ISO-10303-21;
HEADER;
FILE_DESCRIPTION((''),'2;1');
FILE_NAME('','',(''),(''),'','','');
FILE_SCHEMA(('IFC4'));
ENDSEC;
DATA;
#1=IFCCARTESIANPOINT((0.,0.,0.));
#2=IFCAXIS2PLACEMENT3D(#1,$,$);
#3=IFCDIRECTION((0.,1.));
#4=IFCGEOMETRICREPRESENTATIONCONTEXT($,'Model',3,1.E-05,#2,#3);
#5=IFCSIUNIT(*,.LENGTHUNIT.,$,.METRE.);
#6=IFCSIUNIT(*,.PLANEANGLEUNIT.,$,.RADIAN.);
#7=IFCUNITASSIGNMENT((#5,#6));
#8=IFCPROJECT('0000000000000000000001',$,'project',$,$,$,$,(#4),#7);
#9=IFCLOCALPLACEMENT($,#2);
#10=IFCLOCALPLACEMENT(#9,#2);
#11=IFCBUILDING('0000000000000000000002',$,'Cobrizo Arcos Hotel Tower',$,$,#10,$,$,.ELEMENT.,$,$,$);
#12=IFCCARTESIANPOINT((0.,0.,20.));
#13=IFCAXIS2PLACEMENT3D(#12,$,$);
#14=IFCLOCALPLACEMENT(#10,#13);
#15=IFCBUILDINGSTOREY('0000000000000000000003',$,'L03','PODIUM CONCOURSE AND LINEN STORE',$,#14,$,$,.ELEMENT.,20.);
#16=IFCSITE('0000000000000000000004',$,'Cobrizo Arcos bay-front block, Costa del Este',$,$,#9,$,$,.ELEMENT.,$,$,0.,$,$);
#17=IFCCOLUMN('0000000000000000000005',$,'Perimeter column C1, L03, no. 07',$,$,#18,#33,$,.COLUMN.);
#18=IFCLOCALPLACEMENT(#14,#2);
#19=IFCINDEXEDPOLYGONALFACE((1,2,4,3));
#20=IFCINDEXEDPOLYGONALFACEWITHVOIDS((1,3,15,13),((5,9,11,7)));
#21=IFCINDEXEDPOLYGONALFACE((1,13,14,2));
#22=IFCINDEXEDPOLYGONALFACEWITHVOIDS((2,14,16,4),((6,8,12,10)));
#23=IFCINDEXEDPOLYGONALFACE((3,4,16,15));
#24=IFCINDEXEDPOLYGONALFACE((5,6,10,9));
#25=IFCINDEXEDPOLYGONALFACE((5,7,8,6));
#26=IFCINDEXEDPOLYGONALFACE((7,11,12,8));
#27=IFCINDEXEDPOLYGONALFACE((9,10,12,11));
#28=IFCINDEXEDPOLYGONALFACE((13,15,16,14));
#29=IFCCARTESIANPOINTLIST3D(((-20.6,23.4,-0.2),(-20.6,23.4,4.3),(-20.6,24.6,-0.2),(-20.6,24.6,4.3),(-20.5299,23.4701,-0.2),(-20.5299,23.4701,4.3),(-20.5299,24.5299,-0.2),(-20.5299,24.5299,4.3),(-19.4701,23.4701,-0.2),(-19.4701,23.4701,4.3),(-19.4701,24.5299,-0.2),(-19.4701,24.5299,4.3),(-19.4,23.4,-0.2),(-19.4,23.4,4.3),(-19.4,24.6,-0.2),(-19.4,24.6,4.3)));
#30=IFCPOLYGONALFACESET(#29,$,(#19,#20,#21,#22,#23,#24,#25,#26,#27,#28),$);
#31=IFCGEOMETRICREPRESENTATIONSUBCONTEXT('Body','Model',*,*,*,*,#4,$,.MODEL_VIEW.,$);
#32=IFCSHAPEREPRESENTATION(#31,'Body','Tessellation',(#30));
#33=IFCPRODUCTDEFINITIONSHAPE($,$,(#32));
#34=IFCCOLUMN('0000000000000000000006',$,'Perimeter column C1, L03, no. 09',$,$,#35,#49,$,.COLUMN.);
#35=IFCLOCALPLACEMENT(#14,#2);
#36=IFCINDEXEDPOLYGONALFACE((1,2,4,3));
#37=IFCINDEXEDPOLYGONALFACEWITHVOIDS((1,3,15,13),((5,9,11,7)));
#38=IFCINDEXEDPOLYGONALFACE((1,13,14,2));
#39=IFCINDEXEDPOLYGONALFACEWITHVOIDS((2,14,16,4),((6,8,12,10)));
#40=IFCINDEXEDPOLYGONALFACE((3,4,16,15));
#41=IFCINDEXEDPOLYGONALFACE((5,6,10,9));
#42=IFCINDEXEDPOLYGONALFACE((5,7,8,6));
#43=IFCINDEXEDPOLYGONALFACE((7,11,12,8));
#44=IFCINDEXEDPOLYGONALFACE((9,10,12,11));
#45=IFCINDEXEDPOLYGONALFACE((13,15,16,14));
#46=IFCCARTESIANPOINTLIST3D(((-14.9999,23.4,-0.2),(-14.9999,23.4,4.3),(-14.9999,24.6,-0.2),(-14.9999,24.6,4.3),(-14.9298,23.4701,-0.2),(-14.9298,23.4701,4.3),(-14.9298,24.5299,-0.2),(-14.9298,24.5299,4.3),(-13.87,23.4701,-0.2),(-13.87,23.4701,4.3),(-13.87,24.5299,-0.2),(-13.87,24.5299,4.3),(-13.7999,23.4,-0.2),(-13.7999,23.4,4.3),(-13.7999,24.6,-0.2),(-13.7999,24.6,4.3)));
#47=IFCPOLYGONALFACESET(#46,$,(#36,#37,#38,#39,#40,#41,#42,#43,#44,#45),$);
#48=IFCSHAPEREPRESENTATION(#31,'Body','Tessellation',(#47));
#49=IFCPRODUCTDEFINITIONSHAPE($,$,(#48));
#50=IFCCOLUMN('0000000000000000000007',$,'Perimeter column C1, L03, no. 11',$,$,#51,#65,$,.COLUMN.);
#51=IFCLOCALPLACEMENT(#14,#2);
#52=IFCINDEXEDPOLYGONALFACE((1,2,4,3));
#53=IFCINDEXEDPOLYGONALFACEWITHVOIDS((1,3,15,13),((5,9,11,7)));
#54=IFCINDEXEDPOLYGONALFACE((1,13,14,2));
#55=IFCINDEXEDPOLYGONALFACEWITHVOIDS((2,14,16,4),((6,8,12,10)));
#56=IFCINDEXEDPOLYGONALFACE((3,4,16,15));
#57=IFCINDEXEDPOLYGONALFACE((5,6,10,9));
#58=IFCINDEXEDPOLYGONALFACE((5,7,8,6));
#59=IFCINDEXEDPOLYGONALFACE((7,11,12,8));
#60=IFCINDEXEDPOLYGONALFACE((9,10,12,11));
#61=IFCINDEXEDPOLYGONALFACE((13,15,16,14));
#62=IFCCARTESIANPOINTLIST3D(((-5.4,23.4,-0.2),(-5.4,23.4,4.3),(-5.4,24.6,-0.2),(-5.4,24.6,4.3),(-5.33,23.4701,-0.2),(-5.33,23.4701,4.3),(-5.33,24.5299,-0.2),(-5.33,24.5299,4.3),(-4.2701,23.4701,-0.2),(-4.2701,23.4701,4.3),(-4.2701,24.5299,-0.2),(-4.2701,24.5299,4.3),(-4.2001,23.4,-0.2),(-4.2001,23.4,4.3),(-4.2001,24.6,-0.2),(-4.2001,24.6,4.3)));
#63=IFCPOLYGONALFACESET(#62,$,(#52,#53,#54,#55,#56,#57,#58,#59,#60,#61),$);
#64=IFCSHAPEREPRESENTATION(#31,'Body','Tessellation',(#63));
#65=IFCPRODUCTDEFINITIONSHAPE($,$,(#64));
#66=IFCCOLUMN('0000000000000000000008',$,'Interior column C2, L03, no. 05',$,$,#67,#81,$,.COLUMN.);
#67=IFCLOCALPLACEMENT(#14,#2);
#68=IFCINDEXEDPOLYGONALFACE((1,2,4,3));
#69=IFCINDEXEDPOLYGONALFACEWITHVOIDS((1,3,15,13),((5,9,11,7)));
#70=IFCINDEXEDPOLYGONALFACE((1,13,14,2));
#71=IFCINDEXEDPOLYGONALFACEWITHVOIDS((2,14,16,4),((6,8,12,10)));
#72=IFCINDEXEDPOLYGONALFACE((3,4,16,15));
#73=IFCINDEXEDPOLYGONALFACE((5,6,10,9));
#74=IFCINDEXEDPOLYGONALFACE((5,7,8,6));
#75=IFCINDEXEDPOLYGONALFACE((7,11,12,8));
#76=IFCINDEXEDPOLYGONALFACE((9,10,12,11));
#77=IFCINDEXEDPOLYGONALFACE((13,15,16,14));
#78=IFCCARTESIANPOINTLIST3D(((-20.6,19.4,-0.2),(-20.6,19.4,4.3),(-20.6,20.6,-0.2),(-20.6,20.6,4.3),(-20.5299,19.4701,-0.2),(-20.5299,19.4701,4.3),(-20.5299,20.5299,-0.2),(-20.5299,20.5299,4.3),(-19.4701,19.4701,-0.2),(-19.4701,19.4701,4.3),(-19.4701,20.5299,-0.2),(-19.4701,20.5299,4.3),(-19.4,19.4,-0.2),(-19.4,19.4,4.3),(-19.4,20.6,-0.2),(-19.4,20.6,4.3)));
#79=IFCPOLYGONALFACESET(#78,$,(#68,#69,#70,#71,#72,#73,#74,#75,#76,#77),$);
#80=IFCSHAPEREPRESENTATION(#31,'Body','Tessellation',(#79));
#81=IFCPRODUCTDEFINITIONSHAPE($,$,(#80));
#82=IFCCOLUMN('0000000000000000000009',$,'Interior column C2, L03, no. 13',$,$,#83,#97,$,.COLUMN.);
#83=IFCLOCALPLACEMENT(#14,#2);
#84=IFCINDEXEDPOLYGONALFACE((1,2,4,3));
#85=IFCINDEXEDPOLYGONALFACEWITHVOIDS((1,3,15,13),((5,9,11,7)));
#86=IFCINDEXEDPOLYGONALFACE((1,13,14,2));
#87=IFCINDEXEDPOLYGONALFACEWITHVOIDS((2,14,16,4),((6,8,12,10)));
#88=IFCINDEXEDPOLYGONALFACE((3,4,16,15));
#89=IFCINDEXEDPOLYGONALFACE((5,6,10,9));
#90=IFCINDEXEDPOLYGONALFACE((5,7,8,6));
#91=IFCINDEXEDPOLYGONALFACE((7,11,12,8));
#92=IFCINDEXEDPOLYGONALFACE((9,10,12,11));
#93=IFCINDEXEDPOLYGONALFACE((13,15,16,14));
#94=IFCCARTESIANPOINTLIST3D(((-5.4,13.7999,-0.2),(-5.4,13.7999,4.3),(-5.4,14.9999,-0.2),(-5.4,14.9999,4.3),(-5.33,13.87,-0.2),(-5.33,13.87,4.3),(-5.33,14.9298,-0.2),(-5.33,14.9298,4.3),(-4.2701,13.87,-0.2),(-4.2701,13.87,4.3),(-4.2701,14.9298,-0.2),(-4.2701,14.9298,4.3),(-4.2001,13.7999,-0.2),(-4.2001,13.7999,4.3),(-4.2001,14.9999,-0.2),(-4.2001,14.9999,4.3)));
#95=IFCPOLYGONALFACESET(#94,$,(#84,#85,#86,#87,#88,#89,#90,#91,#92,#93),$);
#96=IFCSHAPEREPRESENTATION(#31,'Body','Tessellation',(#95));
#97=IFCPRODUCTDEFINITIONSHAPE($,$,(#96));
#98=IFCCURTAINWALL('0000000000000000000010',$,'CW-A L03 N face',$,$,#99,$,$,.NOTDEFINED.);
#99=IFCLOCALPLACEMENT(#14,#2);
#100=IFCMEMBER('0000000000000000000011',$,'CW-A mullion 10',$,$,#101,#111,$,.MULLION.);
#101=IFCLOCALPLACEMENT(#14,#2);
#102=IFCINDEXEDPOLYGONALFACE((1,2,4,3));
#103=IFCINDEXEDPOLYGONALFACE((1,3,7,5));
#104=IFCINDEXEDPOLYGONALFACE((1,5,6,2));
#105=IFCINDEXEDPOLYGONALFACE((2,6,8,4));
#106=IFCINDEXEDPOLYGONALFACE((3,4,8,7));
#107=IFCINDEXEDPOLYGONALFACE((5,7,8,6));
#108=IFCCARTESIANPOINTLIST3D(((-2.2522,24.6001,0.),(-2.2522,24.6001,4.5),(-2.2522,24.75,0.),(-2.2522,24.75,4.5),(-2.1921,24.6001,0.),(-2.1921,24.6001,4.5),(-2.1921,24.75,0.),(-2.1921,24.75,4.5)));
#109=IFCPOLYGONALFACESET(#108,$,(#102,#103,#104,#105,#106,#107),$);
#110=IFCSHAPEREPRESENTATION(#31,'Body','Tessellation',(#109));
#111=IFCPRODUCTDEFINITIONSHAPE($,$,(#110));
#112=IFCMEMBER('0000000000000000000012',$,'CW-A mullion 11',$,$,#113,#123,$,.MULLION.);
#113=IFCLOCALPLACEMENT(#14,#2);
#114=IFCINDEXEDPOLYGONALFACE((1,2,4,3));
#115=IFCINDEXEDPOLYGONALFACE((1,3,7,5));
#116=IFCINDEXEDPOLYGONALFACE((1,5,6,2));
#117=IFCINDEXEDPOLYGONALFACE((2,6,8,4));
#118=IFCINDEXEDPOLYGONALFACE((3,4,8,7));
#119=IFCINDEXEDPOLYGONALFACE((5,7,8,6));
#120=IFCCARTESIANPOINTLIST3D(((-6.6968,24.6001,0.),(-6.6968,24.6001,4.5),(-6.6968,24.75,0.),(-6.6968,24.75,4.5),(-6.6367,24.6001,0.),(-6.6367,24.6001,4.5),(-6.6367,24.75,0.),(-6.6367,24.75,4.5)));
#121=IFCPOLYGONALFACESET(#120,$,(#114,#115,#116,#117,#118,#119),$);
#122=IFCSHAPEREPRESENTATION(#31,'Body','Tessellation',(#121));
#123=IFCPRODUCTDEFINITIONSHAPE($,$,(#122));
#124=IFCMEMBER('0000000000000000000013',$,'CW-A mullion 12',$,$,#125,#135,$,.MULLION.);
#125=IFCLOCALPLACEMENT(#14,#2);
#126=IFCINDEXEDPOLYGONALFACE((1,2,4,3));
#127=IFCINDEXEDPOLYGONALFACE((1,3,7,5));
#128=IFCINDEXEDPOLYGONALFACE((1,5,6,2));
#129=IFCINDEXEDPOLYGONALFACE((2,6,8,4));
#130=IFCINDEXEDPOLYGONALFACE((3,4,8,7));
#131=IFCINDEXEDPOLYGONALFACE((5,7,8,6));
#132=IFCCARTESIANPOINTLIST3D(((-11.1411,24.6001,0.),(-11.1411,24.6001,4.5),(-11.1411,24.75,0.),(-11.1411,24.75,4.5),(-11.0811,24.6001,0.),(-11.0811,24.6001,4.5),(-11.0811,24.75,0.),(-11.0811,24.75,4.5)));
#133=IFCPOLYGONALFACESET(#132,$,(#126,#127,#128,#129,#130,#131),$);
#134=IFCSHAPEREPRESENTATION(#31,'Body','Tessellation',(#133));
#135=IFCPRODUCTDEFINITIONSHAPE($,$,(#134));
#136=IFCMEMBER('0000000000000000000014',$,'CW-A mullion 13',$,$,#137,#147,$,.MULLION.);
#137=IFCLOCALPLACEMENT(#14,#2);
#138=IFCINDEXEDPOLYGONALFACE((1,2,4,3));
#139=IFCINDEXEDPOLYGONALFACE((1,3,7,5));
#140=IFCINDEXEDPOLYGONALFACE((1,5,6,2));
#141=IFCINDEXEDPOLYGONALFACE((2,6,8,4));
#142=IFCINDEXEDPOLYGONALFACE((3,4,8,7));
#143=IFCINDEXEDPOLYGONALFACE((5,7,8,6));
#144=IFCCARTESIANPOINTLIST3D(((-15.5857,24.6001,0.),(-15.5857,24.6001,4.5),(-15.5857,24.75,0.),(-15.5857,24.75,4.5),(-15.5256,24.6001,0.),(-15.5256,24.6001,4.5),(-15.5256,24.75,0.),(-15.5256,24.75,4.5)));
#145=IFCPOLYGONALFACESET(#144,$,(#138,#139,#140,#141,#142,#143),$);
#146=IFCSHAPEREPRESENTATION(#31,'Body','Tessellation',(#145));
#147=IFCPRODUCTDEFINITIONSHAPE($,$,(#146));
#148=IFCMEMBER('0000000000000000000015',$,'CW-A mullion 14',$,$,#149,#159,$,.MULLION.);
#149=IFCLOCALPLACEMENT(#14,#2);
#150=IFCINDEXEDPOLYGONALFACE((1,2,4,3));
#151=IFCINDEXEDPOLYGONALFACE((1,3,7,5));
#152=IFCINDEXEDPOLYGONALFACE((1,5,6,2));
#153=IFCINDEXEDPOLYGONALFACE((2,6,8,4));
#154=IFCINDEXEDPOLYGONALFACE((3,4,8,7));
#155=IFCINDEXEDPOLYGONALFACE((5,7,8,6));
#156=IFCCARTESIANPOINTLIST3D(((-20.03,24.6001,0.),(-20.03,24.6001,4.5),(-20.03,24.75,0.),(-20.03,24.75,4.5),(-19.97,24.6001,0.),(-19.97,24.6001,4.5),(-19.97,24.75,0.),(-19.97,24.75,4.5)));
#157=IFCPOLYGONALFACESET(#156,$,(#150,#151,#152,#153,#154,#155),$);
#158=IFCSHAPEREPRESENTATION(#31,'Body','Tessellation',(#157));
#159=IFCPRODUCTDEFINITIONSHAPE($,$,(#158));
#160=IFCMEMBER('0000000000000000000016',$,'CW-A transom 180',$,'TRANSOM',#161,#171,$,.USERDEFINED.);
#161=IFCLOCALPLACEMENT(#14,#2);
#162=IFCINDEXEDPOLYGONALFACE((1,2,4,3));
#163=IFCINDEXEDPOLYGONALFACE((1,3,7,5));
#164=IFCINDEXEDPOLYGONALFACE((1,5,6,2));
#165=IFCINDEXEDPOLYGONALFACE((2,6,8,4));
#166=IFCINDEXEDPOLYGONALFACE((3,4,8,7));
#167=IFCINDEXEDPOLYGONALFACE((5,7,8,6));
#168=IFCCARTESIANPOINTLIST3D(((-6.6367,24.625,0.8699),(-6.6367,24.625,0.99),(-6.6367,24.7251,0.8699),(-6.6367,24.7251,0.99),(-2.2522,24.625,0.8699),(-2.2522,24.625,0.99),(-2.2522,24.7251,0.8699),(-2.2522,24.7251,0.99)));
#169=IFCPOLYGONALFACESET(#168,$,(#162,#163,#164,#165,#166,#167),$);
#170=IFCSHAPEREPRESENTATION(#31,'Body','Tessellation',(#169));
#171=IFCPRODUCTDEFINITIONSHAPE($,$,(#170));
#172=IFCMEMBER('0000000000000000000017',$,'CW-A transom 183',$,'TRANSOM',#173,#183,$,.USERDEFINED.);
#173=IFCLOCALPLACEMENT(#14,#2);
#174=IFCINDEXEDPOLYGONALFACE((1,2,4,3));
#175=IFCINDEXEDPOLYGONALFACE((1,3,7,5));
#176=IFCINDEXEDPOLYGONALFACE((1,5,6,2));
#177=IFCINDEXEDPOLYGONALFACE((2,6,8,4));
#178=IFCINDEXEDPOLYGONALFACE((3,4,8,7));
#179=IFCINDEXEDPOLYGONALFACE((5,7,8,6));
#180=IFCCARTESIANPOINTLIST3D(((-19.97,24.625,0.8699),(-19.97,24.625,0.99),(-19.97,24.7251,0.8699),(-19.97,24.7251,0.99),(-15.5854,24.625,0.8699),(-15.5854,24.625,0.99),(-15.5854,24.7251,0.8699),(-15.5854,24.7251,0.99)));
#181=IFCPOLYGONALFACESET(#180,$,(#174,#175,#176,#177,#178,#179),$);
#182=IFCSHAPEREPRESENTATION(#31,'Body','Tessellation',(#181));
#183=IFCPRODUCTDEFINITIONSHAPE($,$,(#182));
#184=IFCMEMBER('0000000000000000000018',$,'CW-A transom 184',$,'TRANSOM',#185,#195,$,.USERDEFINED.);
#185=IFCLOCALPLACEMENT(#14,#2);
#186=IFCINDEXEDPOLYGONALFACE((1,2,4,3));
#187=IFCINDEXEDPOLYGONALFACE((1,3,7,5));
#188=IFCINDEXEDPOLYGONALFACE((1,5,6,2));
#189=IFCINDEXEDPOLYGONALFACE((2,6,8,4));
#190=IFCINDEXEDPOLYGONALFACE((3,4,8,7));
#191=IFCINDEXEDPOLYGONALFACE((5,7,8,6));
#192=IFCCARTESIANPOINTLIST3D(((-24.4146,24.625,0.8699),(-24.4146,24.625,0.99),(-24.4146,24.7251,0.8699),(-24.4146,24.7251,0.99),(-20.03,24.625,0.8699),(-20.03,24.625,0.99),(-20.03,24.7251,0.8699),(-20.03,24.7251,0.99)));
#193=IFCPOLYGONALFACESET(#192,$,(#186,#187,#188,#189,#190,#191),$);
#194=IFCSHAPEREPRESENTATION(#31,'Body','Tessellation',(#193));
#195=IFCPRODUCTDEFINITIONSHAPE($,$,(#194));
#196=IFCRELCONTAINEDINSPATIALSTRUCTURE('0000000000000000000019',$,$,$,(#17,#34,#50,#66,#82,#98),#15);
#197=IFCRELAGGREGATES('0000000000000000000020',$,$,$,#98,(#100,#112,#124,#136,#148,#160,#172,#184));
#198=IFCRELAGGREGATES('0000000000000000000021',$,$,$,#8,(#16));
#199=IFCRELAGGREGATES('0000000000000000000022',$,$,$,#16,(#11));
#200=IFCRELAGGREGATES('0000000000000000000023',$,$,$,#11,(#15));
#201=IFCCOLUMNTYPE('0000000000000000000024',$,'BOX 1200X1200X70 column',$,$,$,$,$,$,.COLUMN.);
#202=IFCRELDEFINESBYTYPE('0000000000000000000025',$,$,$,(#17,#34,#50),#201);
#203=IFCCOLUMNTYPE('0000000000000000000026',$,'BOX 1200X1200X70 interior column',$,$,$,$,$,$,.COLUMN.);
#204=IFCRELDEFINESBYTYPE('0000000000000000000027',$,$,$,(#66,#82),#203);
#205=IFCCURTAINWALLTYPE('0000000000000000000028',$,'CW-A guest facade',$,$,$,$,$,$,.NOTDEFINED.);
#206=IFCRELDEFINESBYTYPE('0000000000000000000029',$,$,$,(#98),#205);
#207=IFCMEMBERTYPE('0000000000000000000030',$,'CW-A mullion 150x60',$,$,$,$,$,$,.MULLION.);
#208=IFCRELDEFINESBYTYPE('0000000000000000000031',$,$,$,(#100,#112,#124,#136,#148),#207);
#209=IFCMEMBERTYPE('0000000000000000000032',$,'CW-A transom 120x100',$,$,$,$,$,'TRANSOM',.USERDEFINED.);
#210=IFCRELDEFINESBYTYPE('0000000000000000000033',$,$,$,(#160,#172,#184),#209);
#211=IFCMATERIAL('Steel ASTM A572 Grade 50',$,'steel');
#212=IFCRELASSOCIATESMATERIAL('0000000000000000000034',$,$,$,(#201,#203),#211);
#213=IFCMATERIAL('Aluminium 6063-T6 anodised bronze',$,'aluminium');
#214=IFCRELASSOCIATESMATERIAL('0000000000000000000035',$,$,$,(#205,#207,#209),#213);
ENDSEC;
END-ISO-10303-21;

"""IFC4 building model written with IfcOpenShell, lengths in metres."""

from ifc_helpers import new_model, si_unit, direction, frame, origin, origin_2d, place, context, subcontext, project, spatial, rectangle, hollow_rectangle, extrude, material, material_profile, profile_set, type_object, element, aggregate, save


model = new_model("IFC4")

# Units and contexts
model_context = context("Model", 3, precision=1e-05, world=origin(), true_north=direction((0.0, 1.0)))
body_context = subcontext(model_context, "Body", "Model", "MODEL_VIEW")
ifc_project = project(units=[si_unit("LENGTHUNIT", "METRE"), si_unit("PLANEANGLEUNIT", "RADIAN")], contexts=[model_context])

# Site, building, storey
site_placement = place(None, origin())
site = spatial("IfcSite", under=ifc_project, at=site_placement, Name="Cobrizo Arcos bay-front block, Costa del Este", CompositionType="ELEMENT", RefElevation=0.0)
building_placement = place(site_placement, origin())
building = spatial("IfcBuilding", under=site, at=building_placement, Name="Cobrizo Arcos Hotel Tower", CompositionType="ELEMENT")
storey_placement = place(building_placement, frame((0.0, 0.0, 20.0)))
storey = spatial("IfcBuildingStorey", under=building, at=storey_placement, Name="L03", Description="PODIUM CONCOURSE AND LINEN STORE", CompositionType="ELEMENT", Elevation=20.0)

# Columns
ifc_material_1 = material(Name="Steel ASTM A572 Grade 50", Category="steel")
ifc_material_profile_1 = material_profile(ifc_material_1, hollow_rectangle(XDim=1.2, YDim=1.2, WallThickness=0.0701, at=origin_2d()), Name="BOX 1200X1200X70")
ifc_profile_set_1 = profile_set([ifc_material_profile_1], Name="Steel ASTM A572 Grade 50")
column_type_1 = type_object("IfcColumnType", Name="BOX 1200X1200X70 column", PredefinedType="COLUMN", material=ifc_profile_set_1)
for number, where, z_axis, x_axis, name in (
    (1, (-20.0, 24.0, -0.2), (0.0, 0.0, 1.0), (1.0, 0.0, 0.0), "Perimeter column C1, L03, no. 07"),
    (2, (-14.3999, 24.0, -0.2), (0.0, 0.0, 1.0), (1.0, 0.0, 0.0), "Perimeter column C1, L03, no. 09"),
    (3, (-4.8, 24.0, -0.2), (0.0, 0.0, 1.0), (1.0, 0.0, 0.0), "Perimeter column C1, L03, no. 11"),
):
    element("IfcColumn", number, at=place(storey_placement, frame(where, z_axis=z_axis, x_axis=x_axis)), inside=storey, type_object=column_type_1, Name=name, PredefinedType="COLUMN", context=body_context, shape_type="SweptSolid", body=[
        extrude(hollow_rectangle(XDim=1.2, YDim=1.2, WallThickness=0.0701, at=origin_2d()), origin(), (0.0, 0.0, 1.0), 4.5),
    ])
ifc_material_profile_2 = material_profile(ifc_material_1, hollow_rectangle(XDim=1.2, YDim=1.2, WallThickness=0.0701, at=origin_2d()), Name="BOX 1200X1200X70")
ifc_profile_set_2 = profile_set([ifc_material_profile_2], Name="Steel ASTM A572 Grade 50")
column_type_2 = type_object("IfcColumnType", Name="BOX 1200X1200X70 interior column", PredefinedType="COLUMN", material=ifc_profile_set_2)
for number, where, z_axis, x_axis, name in (
    (4, (-20.0, 20.0, -0.2), (0.0, 0.0, 1.0), (1.0, 0.0, 0.0), "Interior column C2, L03, no. 05"),
    (5, (-4.8, 14.3999, -0.2), (0.0, 0.0, 1.0), (1.0, 0.0, 0.0), "Interior column C2, L03, no. 13"),
):
    element("IfcColumn", number, at=place(storey_placement, frame(where, z_axis=z_axis, x_axis=x_axis)), inside=storey, type_object=column_type_2, Name=name, PredefinedType="COLUMN", context=body_context, shape_type="SweptSolid", body=[
        extrude(hollow_rectangle(XDim=1.2, YDim=1.2, WallThickness=0.0701, at=origin_2d()), origin(), (0.0, 0.0, 1.0), 4.5),
    ])

# Curtain wall, members
ifc_material_2 = material(Name="Aluminium 6063-T6 anodised bronze", Category="aluminium")
curtain_wall_type = type_object("IfcCurtainWallType", Name="CW-A guest facade", PredefinedType="NOTDEFINED", material=ifc_material_2)
curtain_wall_placement = place(storey_placement, origin())
curtain_wall = element("IfcCurtainWall", 6, at=curtain_wall_placement, inside=storey, type_object=curtain_wall_type, Name="CW-A L03 N face", PredefinedType="NOTDEFINED")
ifc_material_profile_3 = material_profile(ifc_material_2, rectangle(XDim=0.1499, YDim=0.0601, at=origin_2d()), Name="CW-A mullion 150x60")
ifc_profile_set_3 = profile_set([ifc_material_profile_3], Name="Aluminium 6063-T6 anodised bronze")
member_type_1 = type_object("IfcMemberType", Name="CW-A mullion 150x60", PredefinedType="MULLION", material=ifc_profile_set_3)
member_1_placement = place(storey_placement, frame((-2.2222, 24.675, 0.0), z_axis=(0.0, 0.0, 1.0), x_axis=(0.0, 1.0, 0.0)))
member_1 = element("IfcMember", 7, at=member_1_placement, type_object=member_type_1, Name="CW-A mullion 10", PredefinedType="MULLION", context=body_context, shape_type="SweptSolid", body=[
    extrude(rectangle(XDim=0.1499, YDim=0.0601, at=origin_2d()), origin(), (0.0, 0.0, 1.0), 4.5),
])
member_2_placement = place(storey_placement, frame((-6.6667, 24.675, 0.0), z_axis=(0.0, 0.0, 1.0), x_axis=(0.0, 1.0, 0.0)))
member_2 = element("IfcMember", 8, at=member_2_placement, type_object=member_type_1, Name="CW-A mullion 11", PredefinedType="MULLION", context=body_context, shape_type="SweptSolid", body=[
    extrude(rectangle(XDim=0.1499, YDim=0.0601, at=origin_2d()), origin(), (0.0, 0.0, 1.0), 4.5),
])
member_3_placement = place(storey_placement, frame((-11.1111, 24.675, 0.0), z_axis=(0.0, 0.0, 1.0), x_axis=(0.0, 1.0, 0.0)))
member_3 = element("IfcMember", 9, at=member_3_placement, type_object=member_type_1, Name="CW-A mullion 12", PredefinedType="MULLION", context=body_context, shape_type="SweptSolid", body=[
    extrude(rectangle(XDim=0.1499, YDim=0.0601, at=origin_2d()), origin(), (0.0, 0.0, 1.0), 4.5),
])
member_4_placement = place(storey_placement, frame((-15.5557, 24.675, 0.0), z_axis=(0.0, 0.0, 1.0), x_axis=(0.0, 1.0, 0.0)))
member_4 = element("IfcMember", 10, at=member_4_placement, type_object=member_type_1, Name="CW-A mullion 13", PredefinedType="MULLION", context=body_context, shape_type="SweptSolid", body=[
    extrude(rectangle(XDim=0.1499, YDim=0.0601, at=origin_2d()), origin(), (0.0, 0.0, 1.0), 4.5),
])
member_5_placement = place(storey_placement, frame((-20.0, 24.675, 0.0), z_axis=(0.0, 0.0, 1.0), x_axis=(0.0, 1.0, 0.0)))
member_5 = element("IfcMember", 11, at=member_5_placement, type_object=member_type_1, Name="CW-A mullion 14", PredefinedType="MULLION", context=body_context, shape_type="SweptSolid", body=[
    extrude(rectangle(XDim=0.1499, YDim=0.0601, at=origin_2d()), origin(), (0.0, 0.0, 1.0), 4.5),
])
ifc_material_profile_4 = material_profile(ifc_material_2, rectangle(XDim=0.1001, YDim=0.1201, at=origin_2d()), Name="CW-A transom 120x100")
ifc_profile_set_4 = profile_set([ifc_material_profile_4], Name="Aluminium 6063-T6 anodised bronze")
member_type_2 = type_object("IfcMemberType", Name="CW-A transom 120x100", ElementType="TRANSOM", PredefinedType="USERDEFINED", material=ifc_profile_set_4)
member_6_placement = place(storey_placement, frame((-2.2522, 24.675, 0.9299), z_axis=(-1.0, 0.0, 0.0), x_axis=(0.0, -1.0, 0.0)))
member_6 = element("IfcMember", 12, at=member_6_placement, type_object=member_type_2, Name="CW-A transom 180", ObjectType="TRANSOM", PredefinedType="USERDEFINED", context=body_context, shape_type="SweptSolid", body=[
    extrude(rectangle(XDim=0.1001, YDim=0.1201, at=origin_2d()), origin(), (0.0, 0.0, 1.0), 4.3845),
])
member_7_placement = place(storey_placement, frame((-15.5854, 24.675, 0.9299), z_axis=(-1.0, 0.0, 0.0), x_axis=(0.0, -1.0, 0.0)))
member_7 = element("IfcMember", 13, at=member_7_placement, type_object=member_type_2, Name="CW-A transom 183", ObjectType="TRANSOM", PredefinedType="USERDEFINED", context=body_context, shape_type="SweptSolid", body=[
    extrude(rectangle(XDim=0.1001, YDim=0.1201, at=origin_2d()), origin(), (0.0, 0.0, 1.0), 4.3845),
])
member_8_placement = place(storey_placement, frame((-20.03, 24.675, 0.9299), z_axis=(-1.0, 0.0, 0.0), x_axis=(0.0, -1.0, 0.0)))
member_8 = element("IfcMember", 14, at=member_8_placement, type_object=member_type_2, Name="CW-A transom 184", ObjectType="TRANSOM", PredefinedType="USERDEFINED", context=body_context, shape_type="SweptSolid", body=[
    extrude(rectangle(XDim=0.1001, YDim=0.1201, at=origin_2d()), origin(), (0.0, 0.0, 1.0), 4.3845),
])

aggregate(curtain_wall, [member_1, member_2, member_3, member_4, member_5, member_6, member_7, member_8])

save(model, "model.ifc")
